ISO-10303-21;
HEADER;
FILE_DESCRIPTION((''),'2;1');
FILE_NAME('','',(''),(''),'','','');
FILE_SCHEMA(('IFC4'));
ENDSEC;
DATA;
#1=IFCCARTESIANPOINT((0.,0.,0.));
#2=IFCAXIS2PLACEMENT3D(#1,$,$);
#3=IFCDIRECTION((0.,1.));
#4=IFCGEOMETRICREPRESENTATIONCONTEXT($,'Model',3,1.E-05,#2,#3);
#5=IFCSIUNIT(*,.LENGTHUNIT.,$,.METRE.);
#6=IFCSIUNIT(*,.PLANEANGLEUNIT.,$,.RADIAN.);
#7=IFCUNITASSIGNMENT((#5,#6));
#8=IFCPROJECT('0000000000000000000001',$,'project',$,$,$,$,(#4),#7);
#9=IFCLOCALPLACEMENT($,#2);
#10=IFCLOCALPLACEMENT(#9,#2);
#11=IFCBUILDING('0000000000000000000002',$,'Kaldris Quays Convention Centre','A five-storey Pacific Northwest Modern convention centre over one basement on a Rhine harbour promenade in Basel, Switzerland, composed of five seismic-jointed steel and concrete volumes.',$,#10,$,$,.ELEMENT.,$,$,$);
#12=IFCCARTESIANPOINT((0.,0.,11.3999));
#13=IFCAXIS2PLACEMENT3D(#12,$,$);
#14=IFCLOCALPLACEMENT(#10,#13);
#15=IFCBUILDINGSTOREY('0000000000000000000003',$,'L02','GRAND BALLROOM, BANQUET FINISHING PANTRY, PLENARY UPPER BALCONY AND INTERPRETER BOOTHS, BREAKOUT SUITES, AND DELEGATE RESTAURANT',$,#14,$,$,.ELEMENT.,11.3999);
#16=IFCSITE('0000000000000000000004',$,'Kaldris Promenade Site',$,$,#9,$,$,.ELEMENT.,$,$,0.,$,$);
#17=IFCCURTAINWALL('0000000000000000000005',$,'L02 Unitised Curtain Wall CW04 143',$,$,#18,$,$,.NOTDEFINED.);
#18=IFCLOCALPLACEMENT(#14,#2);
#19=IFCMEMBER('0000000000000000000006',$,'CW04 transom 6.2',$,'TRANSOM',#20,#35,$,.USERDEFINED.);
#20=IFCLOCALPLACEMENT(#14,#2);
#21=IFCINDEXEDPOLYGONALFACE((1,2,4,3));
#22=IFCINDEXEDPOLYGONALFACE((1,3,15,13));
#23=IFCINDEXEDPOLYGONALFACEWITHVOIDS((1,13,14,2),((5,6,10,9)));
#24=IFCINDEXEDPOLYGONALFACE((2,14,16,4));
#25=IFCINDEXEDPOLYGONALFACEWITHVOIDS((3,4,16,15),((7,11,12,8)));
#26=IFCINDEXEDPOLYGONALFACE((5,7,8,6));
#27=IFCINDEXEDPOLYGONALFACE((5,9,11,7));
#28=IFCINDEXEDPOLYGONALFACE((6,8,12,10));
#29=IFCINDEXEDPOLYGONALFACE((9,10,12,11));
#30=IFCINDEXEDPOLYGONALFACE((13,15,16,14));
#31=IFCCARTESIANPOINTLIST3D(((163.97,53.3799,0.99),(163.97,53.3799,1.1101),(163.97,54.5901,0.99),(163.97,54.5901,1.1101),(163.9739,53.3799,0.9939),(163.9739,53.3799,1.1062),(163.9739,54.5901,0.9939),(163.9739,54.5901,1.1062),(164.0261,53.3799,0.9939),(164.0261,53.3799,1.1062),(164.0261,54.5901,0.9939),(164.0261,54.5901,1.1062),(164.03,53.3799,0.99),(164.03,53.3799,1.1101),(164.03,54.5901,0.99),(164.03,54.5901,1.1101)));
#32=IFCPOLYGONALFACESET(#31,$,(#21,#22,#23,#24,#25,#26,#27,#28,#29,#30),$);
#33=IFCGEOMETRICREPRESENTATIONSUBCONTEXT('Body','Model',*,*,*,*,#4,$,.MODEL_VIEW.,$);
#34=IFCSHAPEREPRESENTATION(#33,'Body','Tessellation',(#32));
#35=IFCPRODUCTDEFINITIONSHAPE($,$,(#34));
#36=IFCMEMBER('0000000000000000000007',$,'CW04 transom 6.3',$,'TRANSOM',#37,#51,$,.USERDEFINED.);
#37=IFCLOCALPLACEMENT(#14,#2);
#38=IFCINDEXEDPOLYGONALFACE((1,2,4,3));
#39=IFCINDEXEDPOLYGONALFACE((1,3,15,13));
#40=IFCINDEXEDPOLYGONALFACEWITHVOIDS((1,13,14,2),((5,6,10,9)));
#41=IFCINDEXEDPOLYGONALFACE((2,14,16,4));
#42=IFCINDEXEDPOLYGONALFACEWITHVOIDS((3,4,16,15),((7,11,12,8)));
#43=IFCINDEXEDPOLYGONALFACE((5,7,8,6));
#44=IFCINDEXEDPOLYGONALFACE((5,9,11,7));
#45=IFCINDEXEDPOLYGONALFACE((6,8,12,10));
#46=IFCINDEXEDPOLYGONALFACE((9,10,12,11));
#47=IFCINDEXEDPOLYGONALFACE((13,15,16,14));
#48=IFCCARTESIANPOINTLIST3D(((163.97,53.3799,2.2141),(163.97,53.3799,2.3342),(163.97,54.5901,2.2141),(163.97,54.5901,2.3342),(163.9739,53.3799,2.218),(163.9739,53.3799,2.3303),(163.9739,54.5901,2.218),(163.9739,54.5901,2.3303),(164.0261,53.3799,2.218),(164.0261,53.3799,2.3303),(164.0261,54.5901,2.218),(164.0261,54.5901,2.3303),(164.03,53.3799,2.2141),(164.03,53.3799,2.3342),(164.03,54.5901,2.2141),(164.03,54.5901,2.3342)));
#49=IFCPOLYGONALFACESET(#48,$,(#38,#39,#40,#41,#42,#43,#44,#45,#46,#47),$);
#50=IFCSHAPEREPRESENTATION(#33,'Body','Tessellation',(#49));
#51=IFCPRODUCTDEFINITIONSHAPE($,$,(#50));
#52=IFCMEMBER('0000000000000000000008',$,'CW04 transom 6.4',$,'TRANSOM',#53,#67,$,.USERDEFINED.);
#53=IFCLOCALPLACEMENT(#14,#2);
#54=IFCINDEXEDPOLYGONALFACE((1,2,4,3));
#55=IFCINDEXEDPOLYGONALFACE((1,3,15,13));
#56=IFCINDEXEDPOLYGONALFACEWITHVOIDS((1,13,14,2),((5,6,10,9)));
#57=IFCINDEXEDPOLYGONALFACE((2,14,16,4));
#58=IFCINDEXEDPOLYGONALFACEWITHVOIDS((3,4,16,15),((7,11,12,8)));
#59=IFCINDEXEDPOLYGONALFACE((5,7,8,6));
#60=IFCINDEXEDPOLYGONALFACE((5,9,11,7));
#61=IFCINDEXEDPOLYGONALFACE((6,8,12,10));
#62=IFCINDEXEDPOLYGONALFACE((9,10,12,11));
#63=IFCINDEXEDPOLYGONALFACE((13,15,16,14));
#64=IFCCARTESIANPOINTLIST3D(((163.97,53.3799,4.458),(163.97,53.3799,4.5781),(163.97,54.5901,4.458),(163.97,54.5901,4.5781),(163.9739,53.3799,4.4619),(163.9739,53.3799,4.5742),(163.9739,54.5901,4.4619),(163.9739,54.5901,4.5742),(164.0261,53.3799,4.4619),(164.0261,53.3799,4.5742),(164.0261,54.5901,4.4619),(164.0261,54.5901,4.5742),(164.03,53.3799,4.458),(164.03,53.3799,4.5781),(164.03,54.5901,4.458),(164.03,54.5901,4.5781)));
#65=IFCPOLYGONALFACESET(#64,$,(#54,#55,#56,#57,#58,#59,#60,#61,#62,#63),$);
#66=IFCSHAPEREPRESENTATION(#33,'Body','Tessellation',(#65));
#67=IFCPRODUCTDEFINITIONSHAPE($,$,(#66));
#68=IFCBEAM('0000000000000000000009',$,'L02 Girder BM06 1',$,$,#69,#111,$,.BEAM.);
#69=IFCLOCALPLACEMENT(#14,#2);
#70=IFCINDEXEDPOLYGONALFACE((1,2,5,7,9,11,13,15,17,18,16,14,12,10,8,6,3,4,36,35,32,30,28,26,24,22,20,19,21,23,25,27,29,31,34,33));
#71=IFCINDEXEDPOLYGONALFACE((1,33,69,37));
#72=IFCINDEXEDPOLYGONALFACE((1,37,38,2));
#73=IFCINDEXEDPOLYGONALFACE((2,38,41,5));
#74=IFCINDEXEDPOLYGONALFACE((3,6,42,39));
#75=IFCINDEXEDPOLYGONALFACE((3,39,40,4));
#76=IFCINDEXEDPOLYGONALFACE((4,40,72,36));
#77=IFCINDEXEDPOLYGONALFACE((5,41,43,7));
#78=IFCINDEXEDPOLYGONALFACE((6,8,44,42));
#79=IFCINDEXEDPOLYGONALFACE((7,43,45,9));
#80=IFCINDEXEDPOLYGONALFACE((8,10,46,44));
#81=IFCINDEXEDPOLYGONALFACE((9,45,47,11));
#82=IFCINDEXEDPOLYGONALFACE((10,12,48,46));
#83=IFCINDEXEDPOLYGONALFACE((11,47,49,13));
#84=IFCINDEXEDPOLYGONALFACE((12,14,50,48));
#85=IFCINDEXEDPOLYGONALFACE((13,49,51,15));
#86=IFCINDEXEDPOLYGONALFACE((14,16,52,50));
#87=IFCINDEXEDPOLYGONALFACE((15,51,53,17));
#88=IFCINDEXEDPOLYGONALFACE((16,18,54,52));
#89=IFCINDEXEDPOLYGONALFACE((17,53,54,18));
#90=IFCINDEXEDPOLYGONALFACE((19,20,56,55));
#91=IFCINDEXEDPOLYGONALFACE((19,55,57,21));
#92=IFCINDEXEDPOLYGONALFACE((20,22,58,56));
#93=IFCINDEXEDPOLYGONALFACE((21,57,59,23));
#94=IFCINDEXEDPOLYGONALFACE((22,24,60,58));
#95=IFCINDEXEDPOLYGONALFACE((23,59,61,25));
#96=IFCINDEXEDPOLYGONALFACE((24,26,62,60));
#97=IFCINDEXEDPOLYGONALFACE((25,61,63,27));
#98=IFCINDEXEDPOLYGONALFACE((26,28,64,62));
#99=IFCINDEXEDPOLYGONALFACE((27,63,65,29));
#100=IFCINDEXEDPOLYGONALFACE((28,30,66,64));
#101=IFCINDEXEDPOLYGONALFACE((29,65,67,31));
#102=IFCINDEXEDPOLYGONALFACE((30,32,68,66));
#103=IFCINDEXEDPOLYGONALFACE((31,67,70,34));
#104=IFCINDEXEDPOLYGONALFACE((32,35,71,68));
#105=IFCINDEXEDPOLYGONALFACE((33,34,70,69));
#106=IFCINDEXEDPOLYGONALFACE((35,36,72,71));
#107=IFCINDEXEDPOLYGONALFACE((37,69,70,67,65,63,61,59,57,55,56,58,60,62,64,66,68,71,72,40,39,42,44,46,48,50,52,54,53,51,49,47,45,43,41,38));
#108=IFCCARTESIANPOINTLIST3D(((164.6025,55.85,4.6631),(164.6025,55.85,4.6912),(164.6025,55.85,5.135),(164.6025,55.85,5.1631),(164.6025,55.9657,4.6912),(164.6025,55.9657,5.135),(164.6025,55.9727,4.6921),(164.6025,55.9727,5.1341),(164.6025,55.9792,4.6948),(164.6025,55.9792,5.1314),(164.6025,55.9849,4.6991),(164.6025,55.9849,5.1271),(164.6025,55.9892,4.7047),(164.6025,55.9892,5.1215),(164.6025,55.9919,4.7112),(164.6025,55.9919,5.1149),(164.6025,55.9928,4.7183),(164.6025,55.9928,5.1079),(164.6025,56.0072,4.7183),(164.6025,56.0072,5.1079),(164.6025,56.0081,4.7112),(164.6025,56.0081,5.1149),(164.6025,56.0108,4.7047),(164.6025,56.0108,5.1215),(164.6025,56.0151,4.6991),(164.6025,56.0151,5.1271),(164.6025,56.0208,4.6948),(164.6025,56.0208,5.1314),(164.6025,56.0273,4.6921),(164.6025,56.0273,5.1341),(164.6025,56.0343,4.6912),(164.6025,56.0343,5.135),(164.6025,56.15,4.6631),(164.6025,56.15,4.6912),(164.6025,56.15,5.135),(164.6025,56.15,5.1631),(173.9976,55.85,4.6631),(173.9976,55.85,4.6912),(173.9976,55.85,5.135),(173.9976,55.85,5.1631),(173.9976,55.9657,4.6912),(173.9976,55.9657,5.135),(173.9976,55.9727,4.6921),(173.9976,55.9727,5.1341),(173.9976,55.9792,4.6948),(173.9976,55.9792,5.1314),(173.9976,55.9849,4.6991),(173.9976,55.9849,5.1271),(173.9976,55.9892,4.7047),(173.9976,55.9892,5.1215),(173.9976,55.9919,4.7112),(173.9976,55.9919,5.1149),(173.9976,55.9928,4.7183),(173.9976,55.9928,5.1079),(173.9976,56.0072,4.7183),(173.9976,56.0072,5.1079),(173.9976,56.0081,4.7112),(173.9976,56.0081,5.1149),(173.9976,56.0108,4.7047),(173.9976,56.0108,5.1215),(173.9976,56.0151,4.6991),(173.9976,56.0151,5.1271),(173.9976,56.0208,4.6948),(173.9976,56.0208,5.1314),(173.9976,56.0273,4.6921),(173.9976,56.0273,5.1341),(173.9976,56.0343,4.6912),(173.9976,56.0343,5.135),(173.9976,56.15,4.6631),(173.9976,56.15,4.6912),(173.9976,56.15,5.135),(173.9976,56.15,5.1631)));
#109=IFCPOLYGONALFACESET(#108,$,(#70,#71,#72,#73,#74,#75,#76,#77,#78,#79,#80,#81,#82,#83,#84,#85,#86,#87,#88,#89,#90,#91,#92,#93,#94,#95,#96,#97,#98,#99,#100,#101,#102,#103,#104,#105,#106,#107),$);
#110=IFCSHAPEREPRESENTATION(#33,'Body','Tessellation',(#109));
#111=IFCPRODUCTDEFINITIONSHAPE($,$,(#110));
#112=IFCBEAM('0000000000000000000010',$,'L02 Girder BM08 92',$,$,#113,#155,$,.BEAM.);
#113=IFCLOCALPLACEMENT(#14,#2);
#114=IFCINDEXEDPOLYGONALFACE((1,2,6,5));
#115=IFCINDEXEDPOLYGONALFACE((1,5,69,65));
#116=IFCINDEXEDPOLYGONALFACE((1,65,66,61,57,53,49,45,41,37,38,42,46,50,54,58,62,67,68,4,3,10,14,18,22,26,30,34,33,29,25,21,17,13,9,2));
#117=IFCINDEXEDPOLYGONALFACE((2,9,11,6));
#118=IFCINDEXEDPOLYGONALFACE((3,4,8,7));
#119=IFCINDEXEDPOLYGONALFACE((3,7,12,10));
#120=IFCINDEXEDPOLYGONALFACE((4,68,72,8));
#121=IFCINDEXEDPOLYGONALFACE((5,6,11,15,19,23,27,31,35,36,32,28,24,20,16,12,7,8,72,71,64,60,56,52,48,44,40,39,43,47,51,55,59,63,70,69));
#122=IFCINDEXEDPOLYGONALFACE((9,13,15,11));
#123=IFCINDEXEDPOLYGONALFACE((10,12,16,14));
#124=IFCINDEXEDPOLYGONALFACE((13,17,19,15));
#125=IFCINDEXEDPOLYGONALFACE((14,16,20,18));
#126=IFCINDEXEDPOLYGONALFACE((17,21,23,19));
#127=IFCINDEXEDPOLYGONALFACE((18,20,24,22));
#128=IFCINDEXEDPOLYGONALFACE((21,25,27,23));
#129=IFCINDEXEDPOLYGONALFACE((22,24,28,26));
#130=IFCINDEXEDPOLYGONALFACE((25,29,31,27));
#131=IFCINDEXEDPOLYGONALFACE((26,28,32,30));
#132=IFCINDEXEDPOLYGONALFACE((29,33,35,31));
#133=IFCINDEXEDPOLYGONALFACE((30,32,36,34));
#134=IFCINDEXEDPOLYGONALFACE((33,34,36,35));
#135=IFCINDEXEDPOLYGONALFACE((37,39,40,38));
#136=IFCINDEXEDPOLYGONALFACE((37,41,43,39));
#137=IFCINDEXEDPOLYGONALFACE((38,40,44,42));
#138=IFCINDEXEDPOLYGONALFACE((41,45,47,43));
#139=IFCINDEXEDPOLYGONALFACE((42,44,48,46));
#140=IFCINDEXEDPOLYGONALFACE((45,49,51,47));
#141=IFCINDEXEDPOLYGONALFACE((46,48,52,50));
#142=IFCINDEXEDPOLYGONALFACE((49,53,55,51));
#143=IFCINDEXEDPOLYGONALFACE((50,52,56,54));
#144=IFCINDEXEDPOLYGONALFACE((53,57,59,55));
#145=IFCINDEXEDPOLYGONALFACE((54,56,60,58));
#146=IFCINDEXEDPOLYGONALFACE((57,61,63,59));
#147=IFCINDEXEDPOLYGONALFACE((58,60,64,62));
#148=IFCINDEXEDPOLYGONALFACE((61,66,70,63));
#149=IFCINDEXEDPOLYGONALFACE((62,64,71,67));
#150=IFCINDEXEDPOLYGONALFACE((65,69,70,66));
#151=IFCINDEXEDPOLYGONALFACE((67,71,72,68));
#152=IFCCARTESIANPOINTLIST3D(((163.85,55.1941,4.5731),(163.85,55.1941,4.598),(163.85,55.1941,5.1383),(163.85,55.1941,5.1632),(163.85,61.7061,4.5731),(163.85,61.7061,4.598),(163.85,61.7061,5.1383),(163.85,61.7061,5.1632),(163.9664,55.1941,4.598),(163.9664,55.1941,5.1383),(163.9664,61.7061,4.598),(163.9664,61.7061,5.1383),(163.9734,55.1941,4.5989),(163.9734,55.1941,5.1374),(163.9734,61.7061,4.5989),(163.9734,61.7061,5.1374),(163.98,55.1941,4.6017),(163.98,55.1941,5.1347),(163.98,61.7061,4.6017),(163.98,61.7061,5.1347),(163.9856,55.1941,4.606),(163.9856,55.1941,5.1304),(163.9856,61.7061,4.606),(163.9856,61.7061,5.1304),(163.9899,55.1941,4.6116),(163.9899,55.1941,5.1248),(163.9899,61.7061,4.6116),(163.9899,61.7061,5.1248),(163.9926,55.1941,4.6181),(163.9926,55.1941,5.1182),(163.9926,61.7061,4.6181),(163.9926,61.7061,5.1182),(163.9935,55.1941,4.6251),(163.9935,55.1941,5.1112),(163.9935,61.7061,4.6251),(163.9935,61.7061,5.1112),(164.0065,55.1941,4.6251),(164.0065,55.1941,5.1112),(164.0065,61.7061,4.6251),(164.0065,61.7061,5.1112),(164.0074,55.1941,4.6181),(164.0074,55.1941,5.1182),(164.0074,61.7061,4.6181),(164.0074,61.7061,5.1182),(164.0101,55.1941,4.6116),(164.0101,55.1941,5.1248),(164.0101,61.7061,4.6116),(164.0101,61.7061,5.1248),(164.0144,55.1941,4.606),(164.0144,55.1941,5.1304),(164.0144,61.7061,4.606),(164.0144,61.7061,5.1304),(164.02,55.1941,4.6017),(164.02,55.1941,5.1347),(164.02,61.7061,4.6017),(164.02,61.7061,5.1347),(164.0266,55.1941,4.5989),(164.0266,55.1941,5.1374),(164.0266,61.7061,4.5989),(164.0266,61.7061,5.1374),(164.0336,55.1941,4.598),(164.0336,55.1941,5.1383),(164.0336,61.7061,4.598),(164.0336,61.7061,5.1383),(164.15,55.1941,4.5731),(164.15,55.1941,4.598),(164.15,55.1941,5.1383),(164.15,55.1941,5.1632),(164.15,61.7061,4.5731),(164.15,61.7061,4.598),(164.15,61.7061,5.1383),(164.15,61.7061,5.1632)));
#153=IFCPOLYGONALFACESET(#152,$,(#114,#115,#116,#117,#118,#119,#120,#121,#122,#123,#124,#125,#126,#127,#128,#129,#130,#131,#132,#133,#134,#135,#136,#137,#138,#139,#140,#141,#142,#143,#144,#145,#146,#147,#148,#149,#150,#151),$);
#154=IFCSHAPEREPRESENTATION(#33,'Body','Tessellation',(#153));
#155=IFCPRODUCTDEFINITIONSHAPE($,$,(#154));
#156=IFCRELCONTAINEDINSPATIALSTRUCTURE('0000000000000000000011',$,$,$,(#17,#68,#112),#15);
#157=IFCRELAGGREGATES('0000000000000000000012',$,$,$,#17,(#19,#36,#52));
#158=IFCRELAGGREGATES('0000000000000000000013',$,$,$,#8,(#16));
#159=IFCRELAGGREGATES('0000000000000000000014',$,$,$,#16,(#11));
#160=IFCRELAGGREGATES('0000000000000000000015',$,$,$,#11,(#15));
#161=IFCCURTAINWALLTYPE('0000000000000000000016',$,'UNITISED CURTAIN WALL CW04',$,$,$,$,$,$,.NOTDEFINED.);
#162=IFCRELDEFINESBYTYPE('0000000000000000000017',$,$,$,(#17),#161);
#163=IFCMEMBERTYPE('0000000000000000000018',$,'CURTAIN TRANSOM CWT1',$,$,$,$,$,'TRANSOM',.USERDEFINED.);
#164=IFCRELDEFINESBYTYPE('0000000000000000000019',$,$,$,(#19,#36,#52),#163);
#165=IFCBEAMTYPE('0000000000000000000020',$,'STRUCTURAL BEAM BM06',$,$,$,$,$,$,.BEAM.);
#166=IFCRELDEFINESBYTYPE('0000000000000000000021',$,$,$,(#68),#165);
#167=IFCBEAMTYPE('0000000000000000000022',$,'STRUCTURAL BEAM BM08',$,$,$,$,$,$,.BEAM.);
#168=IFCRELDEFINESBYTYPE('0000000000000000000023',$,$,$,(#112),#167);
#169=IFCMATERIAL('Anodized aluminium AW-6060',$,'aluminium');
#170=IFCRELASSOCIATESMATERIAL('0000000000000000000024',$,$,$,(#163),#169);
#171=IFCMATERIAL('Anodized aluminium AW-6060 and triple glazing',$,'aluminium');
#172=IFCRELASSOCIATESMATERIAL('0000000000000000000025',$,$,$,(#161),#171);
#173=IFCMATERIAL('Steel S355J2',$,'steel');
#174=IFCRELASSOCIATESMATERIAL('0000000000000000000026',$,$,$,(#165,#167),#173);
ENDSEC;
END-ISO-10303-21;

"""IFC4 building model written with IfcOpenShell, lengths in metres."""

from ifc_helpers import new_model, si_unit, direction, frame, origin, origin_2d, place, context, subcontext, project, spatial, hollow_rectangle, i_section, extrude, material, material_profile, profile_set, type_object, element, aggregate, save


model = new_model("IFC4")

# Units and contexts
model_context = context("Model", 3, precision=1e-05, world=origin(), true_north=direction((0.0, 1.0)))
body_context = subcontext(model_context, "Body", "Model", "MODEL_VIEW")
ifc_project = project(units=[si_unit("LENGTHUNIT", "METRE"), si_unit("PLANEANGLEUNIT", "RADIAN")], contexts=[model_context])

# Site, building, storey
site_placement = place(None, origin())
site = spatial("IfcSite", under=ifc_project, at=site_placement, Name="Kaldris Promenade Site", CompositionType="ELEMENT", RefElevation=0.0)
building_placement = place(site_placement, origin())
building = spatial("IfcBuilding", under=site, at=building_placement, Name="Kaldris Quays Convention Centre", Description="A five-storey Pacific Northwest Modern convention centre over one basement on a Rhine harbour promenade in Basel, Switzerland, composed of five seismic-jointed steel and concrete volumes.", CompositionType="ELEMENT")
storey_placement = place(building_placement, frame((0.0, 0.0, 11.3999)))
storey = spatial("IfcBuildingStorey", under=building, at=storey_placement, Name="L02", Description="GRAND BALLROOM, BANQUET FINISHING PANTRY, PLENARY UPPER BALCONY AND INTERPRETER BOOTHS, BREAKOUT SUITES, AND DELEGATE RESTAURANT", CompositionType="ELEMENT", Elevation=11.3999)

# Curtain wall, members
ifc_material_1 = material(Name="Anodized aluminium AW-6060 and triple glazing", Category="aluminium")
ifc_material_2 = material(Name="Anodized aluminium AW-6060", Category="aluminium")
ifc_material_profile_1 = material_profile(ifc_material_2, hollow_rectangle(XDim=0.0601, YDim=0.1201, WallThickness=0.0039, at=origin_2d()), Name="RHS 120x60x4")
ifc_profile_set_1 = profile_set([ifc_material_profile_1], Name="Anodized aluminium AW-6060")
member_type = type_object("IfcMemberType", Name="CURTAIN TRANSOM CWT1", ElementType="TRANSOM", PredefinedType="USERDEFINED", material=ifc_profile_set_1)
curtain_wall_type_1 = type_object("IfcCurtainWallType", Name="UNITISED CURTAIN WALL CW04", PredefinedType="NOTDEFINED", material=ifc_material_1)
curtain_wall_1_placement = place(storey_placement, origin())
curtain_wall_1 = element("IfcCurtainWall", 1, at=curtain_wall_1_placement, inside=storey, type_object=curtain_wall_type_1, Name="L02 Unitised Curtain Wall CW04 143", PredefinedType="NOTDEFINED")
member_1_placement = place(storey_placement, frame((164.0, 53.3799, 1.05), z_axis=(0.0, 1.0, 0.0), x_axis=(-1.0, 0.0, 0.0)))
member_1 = element("IfcMember", 2, at=member_1_placement, type_object=member_type, Name="CW04 transom 6.2", ObjectType="TRANSOM", PredefinedType="USERDEFINED", context=body_context, shape_type="SweptSolid", body=[
    extrude(hollow_rectangle(XDim=0.0601, YDim=0.1201, WallThickness=0.0039, at=origin_2d()), origin(), (0.0, 0.0, 1.0), 1.2102),
])
member_2_placement = place(storey_placement, frame((164.0, 53.3799, 2.2742), z_axis=(0.0, 1.0, 0.0), x_axis=(-1.0, 0.0, 0.0)))
member_2 = element("IfcMember", 3, at=member_2_placement, type_object=member_type, Name="CW04 transom 6.3", ObjectType="TRANSOM", PredefinedType="USERDEFINED", context=body_context, shape_type="SweptSolid", body=[
    extrude(hollow_rectangle(XDim=0.0601, YDim=0.1201, WallThickness=0.0039, at=origin_2d()), origin(), (0.0, 0.0, 1.0), 1.2102),
])
member_3_placement = place(storey_placement, frame((164.0, 53.3799, 4.5181), z_axis=(0.0, 1.0, 0.0), x_axis=(-1.0, 0.0, 0.0)))
member_3 = element("IfcMember", 4, at=member_3_placement, type_object=member_type, Name="CW04 transom 6.4", ObjectType="TRANSOM", PredefinedType="USERDEFINED", context=body_context, shape_type="SweptSolid", body=[
    extrude(hollow_rectangle(XDim=0.0601, YDim=0.1201, WallThickness=0.0039, at=origin_2d()), origin(), (0.0, 0.0, 1.0), 1.2102),
])

# Beams
ifc_material_3 = material(Name="Steel S355J2", Category="steel")
ifc_material_profile_2 = material_profile(ifc_material_3, i_section(OverallWidth=0.3, OverallDepth=0.5, WebThickness=0.0144, FlangeThickness=0.0281, FilletRadius=0.0271, at=origin_2d()), Name="HEB 500")
ifc_profile_set_2 = profile_set([ifc_material_profile_2], Name="Steel S355J2")
beam_type_1 = type_object("IfcBeamType", Name="STRUCTURAL BEAM BM06", PredefinedType="BEAM", material=ifc_profile_set_2)
beam_1_placement = place(storey_placement, frame((164.6025, 56.0, 4.9131), z_axis=(1.0, 0.0, 0.0), x_axis=(0.0, 1.0, 0.0)))
element("IfcBeam", 5, at=beam_1_placement, inside=storey, type_object=beam_type_1, Name="L02 Girder BM06 1", PredefinedType="BEAM", context=body_context, shape_type="SweptSolid", body=[
    extrude(i_section(OverallWidth=0.3, OverallDepth=0.5, WebThickness=0.0144, FlangeThickness=0.0281, FilletRadius=0.0271, at=origin_2d()), origin(), (0.0, 0.0, 1.0), 9.395),
])
ifc_material_profile_3 = material_profile(ifc_material_3, i_section(OverallWidth=0.3, OverallDepth=0.5901, WebThickness=0.0129, FlangeThickness=0.0249, FilletRadius=0.0271, at=origin_2d()), Name="HEA 600")
ifc_profile_set_3 = profile_set([ifc_material_profile_3], Name="Steel S355J2")
beam_type_2 = type_object("IfcBeamType", Name="STRUCTURAL BEAM BM08", PredefinedType="BEAM", material=ifc_profile_set_3)
beam_2_placement = place(storey_placement, frame((164.0, 55.1941, 4.8682), z_axis=(0.0, 1.0, 0.0), x_axis=(-1.0, 0.0, 0.0)))
element("IfcBeam", 6, at=beam_2_placement, inside=storey, type_object=beam_type_2, Name="L02 Girder BM08 92", PredefinedType="BEAM", context=body_context, shape_type="SweptSolid", body=[
    extrude(i_section(OverallWidth=0.3, OverallDepth=0.5901, WebThickness=0.0129, FlangeThickness=0.0249, FilletRadius=0.0271, at=origin_2d()), origin(), (0.0, 0.0, 1.0), 6.512),
])

aggregate(curtain_wall_1, [member_1, member_2, member_3])

save(model, "model.ifc")
